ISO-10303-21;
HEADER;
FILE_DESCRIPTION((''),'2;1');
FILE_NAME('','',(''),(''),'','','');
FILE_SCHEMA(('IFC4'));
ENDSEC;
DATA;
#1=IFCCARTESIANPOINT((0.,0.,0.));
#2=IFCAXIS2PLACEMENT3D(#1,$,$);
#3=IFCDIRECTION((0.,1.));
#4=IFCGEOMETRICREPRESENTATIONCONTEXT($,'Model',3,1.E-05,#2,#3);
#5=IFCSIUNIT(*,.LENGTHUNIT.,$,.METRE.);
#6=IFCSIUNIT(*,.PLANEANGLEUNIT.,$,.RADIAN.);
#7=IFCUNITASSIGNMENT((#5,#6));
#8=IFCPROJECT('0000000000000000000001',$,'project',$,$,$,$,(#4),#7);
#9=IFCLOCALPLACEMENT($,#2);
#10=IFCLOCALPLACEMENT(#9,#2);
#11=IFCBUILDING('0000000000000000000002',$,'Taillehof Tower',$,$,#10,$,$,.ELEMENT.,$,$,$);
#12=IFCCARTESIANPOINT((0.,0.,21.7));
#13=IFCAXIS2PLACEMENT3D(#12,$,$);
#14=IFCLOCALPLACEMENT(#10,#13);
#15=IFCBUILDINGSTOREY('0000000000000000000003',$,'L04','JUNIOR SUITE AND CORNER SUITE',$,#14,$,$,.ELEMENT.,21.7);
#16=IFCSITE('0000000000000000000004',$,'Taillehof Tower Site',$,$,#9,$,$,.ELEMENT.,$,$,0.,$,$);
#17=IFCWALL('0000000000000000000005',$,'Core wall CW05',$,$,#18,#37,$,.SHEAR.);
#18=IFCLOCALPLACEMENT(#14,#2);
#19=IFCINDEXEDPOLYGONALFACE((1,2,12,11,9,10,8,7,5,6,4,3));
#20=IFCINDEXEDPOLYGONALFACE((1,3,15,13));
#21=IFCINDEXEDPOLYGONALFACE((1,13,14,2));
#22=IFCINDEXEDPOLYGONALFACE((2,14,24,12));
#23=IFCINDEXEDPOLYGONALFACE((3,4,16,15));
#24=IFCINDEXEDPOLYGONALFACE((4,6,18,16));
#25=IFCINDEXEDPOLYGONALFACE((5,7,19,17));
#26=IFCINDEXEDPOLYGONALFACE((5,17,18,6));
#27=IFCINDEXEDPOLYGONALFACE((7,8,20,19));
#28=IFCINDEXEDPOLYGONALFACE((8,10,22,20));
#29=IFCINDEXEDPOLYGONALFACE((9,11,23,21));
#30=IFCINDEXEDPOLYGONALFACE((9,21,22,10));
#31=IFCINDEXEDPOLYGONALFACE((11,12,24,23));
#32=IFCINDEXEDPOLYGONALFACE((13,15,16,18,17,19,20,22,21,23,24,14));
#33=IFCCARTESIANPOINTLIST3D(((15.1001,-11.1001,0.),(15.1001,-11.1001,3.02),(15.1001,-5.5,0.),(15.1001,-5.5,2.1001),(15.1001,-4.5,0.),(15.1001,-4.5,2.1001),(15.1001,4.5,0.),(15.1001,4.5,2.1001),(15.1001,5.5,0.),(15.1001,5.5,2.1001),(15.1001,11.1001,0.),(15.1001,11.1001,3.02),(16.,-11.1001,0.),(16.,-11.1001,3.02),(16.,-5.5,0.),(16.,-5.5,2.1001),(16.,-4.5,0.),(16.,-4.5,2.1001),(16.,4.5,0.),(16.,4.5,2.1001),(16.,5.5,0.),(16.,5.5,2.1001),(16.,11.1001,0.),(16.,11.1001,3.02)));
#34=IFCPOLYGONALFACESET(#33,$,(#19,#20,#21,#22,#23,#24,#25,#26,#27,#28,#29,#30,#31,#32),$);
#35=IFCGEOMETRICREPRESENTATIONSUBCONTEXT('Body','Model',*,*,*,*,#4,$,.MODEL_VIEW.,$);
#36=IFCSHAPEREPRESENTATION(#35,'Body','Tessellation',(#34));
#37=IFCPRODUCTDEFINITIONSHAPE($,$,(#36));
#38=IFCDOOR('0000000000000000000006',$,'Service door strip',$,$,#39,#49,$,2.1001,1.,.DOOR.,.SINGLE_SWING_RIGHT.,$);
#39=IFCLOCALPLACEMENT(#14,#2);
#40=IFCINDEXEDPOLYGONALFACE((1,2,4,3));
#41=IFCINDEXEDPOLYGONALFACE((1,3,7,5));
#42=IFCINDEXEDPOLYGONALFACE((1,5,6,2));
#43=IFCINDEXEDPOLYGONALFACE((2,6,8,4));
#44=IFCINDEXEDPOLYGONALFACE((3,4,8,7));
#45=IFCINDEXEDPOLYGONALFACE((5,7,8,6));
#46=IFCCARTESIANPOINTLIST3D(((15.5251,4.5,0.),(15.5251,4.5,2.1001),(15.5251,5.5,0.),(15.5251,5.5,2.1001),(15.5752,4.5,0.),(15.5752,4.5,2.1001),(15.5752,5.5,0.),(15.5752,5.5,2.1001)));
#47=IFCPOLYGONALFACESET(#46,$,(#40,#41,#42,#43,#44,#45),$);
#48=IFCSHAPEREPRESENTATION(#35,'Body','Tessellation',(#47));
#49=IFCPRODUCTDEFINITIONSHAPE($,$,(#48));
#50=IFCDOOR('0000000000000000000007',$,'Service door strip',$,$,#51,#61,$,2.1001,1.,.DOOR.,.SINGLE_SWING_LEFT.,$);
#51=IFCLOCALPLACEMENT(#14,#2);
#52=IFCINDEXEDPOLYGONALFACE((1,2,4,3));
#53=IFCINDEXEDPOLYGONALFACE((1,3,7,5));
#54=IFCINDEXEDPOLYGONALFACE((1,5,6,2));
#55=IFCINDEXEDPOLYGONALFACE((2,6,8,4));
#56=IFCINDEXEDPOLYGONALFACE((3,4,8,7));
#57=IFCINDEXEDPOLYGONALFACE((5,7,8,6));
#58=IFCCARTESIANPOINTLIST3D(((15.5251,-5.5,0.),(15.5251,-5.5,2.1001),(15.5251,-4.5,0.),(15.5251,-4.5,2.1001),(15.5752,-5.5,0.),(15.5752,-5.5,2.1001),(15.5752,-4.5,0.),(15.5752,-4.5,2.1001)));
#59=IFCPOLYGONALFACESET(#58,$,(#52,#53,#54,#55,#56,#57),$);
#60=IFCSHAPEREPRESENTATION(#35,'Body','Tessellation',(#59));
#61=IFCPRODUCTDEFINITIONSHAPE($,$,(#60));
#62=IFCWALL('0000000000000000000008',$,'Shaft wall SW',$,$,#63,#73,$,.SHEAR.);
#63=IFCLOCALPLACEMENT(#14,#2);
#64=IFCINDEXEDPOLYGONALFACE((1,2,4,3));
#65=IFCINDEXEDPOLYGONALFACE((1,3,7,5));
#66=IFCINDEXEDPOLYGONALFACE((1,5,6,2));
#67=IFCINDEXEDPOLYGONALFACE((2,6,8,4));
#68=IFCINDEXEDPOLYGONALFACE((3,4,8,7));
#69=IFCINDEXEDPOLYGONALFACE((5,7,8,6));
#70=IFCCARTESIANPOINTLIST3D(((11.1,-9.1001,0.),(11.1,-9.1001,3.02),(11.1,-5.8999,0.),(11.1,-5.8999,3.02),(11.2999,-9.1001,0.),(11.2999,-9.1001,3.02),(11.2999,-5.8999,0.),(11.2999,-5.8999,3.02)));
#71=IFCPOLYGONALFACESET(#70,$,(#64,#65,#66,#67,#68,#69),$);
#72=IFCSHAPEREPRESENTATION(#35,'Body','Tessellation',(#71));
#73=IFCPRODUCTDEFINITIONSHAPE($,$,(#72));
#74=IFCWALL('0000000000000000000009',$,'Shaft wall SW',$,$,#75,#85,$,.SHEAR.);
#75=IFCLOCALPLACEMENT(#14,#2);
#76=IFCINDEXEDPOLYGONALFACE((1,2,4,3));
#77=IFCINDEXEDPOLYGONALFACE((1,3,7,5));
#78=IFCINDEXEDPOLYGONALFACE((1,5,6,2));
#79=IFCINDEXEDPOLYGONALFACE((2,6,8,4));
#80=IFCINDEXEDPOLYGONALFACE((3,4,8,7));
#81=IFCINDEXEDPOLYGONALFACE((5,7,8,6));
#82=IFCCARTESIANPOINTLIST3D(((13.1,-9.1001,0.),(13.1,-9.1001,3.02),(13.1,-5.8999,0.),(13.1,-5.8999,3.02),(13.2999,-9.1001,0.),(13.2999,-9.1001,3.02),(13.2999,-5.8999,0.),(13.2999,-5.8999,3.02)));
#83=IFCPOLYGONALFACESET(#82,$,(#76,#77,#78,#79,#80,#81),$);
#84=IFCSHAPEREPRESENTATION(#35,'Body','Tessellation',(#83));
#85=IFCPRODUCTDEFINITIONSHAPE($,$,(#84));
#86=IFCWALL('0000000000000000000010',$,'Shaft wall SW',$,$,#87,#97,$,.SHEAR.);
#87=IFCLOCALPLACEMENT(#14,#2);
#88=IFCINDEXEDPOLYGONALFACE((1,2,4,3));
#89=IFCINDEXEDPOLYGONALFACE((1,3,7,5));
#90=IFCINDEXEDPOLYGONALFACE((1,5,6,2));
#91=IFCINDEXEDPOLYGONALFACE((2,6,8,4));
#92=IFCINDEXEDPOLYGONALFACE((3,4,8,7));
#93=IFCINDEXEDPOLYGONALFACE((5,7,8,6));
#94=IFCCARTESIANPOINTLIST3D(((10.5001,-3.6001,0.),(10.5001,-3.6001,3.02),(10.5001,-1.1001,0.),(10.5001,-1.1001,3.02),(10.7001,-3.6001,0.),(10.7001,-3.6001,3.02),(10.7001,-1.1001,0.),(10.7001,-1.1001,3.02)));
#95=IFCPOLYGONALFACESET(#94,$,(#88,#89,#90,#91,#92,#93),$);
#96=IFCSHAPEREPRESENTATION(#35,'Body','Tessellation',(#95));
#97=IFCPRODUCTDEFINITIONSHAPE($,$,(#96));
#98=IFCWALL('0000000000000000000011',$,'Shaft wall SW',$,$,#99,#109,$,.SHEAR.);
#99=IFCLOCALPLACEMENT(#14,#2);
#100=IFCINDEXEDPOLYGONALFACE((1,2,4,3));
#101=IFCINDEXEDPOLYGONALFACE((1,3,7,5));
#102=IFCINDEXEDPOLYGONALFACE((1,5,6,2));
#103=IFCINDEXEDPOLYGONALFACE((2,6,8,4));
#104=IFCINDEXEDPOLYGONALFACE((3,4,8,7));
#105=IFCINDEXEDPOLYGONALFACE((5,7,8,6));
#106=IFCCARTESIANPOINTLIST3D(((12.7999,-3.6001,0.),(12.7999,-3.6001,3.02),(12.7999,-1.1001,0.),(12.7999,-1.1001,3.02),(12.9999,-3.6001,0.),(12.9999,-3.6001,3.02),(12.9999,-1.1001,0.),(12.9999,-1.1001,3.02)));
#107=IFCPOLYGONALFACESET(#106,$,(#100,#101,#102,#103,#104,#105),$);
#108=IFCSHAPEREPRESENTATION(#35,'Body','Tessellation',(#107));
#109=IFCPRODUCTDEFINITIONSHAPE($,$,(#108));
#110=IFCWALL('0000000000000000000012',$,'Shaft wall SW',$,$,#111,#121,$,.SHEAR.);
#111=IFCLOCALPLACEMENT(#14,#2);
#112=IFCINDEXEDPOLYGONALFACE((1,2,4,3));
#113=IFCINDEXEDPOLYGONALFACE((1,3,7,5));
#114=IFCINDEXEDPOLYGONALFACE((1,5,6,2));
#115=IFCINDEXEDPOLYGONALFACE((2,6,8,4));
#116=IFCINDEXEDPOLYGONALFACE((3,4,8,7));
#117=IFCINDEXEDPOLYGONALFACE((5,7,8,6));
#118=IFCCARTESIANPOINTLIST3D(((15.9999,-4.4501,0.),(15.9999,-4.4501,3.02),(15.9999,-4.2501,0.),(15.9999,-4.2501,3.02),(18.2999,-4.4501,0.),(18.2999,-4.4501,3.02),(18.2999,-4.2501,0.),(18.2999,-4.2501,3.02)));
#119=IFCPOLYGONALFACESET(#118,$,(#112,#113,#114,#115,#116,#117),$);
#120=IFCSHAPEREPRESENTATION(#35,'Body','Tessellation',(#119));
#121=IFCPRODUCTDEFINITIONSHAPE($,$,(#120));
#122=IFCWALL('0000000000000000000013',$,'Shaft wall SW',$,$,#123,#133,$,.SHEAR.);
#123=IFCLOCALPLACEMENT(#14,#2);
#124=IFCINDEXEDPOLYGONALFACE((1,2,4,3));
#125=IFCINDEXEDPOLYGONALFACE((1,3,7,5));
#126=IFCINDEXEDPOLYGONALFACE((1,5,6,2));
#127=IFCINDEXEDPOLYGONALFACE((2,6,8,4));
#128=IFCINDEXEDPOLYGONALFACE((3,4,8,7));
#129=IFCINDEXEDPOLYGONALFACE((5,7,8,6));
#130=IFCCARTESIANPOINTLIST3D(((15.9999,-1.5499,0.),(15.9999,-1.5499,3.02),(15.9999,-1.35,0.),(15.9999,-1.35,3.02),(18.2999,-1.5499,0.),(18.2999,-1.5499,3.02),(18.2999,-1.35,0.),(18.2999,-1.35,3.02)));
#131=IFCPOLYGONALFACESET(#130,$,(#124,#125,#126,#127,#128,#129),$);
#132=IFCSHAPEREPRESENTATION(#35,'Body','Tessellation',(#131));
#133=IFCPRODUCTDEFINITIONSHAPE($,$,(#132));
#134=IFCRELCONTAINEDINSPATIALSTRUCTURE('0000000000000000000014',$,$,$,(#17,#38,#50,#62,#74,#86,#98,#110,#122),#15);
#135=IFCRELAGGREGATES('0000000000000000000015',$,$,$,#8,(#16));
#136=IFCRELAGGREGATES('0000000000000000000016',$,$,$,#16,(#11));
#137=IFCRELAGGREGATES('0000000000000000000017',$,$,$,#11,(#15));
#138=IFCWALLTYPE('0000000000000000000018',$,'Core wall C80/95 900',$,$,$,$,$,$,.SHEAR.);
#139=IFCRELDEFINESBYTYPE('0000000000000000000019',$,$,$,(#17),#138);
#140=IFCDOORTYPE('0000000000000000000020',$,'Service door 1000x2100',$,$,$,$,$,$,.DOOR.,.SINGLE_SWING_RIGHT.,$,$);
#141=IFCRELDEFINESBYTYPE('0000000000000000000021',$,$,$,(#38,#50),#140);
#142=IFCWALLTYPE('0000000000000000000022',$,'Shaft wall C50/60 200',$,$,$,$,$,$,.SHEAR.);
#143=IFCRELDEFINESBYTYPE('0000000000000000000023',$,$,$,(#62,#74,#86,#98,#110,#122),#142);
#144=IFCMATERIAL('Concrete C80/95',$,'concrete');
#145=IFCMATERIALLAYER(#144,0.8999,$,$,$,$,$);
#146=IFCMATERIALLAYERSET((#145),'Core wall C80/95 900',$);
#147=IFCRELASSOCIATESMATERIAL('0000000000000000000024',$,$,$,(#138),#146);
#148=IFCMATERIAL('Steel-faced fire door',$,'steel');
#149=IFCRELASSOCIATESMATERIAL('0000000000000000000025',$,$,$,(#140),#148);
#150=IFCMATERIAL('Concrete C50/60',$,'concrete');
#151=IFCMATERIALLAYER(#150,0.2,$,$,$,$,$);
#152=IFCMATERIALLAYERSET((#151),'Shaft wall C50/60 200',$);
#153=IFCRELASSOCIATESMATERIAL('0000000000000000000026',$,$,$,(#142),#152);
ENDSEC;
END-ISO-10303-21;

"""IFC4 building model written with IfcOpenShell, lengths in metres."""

from ifc_helpers import new_model, si_unit, direction, frame, frame_2d, origin, place, context, subcontext, project, spatial, rectangle, extrude, material, layer, layer_set, type_object, element, fill, save


model = new_model("IFC4")

# Units and contexts
model_context = context("Model", 3, precision=1e-05, world=origin(), true_north=direction((0.0, 1.0)))
body_context = subcontext(model_context, "Body", "Model", "MODEL_VIEW")
ifc_project = project(units=[si_unit("LENGTHUNIT", "METRE"), si_unit("PLANEANGLEUNIT", "RADIAN")], contexts=[model_context])

# Site, building, storey
site_placement = place(None, origin())
site = spatial("IfcSite", under=ifc_project, at=site_placement, Name="Taillehof Tower Site", CompositionType="ELEMENT", RefElevation=0.0)
building_placement = place(site_placement, origin())
building = spatial("IfcBuilding", under=site, at=building_placement, Name="Taillehof Tower", CompositionType="ELEMENT")
storey_placement = place(building_placement, frame((0.0, 0.0, 21.7)))
storey = spatial("IfcBuildingStorey", under=building, at=storey_placement, Name="L04", Description="JUNIOR SUITE AND CORNER SUITE", CompositionType="ELEMENT", Elevation=21.7)

# Wall, openings, doors
ifc_material_1 = material(Name="Concrete C80/95", Category="concrete")
ifc_layer_1 = layer(ifc_material_1, 0.8999)
ifc_layer_set_1 = layer_set([ifc_layer_1], Name="Core wall C80/95 900")
wall_type_1 = type_object("IfcWallType", Name="Core wall C80/95 900", PredefinedType="SHEAR", material=ifc_layer_set_1)
wall_1_placement = place(storey_placement, frame((15.55, -11.1001, 0.0), z_axis=(0.0, 0.0, 1.0), x_axis=(0.0, 1.0, 0.0)))
wall_1 = element("IfcWall", 1, at=wall_1_placement, inside=storey, type_object=wall_type_1, Name="Core wall CW05", PredefinedType="SHEAR", context=body_context, shape_type="SweptSolid", body=[
    extrude(rectangle(XDim=22.2002, YDim=0.8999, at=frame_2d((11.1001, 0.0))), origin(), (0.0, 0.0, 1.0), 3.02),
])
opening_1_placement = place(wall_1_placement, frame((15.6001, 0.0, 0.0)))
opening_1 = element("IfcOpeningElement", 2, at=opening_1_placement, cuts=wall_1, PredefinedType="OPENING", context=body_context, shape_type="SweptSolid", body=[
    extrude(rectangle(XDim=1.0, YDim=2.1001, at=frame_2d((0.5, 1.05))), frame((0.0, 0.46, 0.0), z_axis=(0.0, -1.0, 0.0), x_axis=(1.0, 0.0, 0.0)), (0.0, 0.0, 1.0), 0.9199),
])
opening_2_placement = place(wall_1_placement, frame((5.6001, 0.0, 0.0)))
opening_2 = element("IfcOpeningElement", 3, at=opening_2_placement, cuts=wall_1, PredefinedType="OPENING", context=body_context, shape_type="SweptSolid", body=[
    extrude(rectangle(XDim=1.0, YDim=2.1001, at=frame_2d((0.5, 1.05))), frame((0.0, 0.46, 0.0), z_axis=(0.0, -1.0, 0.0), x_axis=(1.0, 0.0, 0.0)), (0.0, 0.0, 1.0), 0.9199),
])
ifc_material_2 = material(Name="Steel-faced fire door", Category="steel")
door_type_1 = type_object("IfcDoorType", Name="Service door 1000x2100", OperationType="SINGLE_SWING_RIGHT", PredefinedType="DOOR", material=ifc_material_2)
door_1_placement = place(opening_1_placement, origin())
door_1 = element("IfcDoor", 4, at=door_1_placement, inside=storey, type_object=door_type_1, Name="Service door strip", OperationType="SINGLE_SWING_RIGHT", OverallHeight=2.1001, OverallWidth=1.0, PredefinedType="DOOR", context=body_context, shape_type="SweptSolid", body=[
    extrude(rectangle(XDim=1.0, YDim=2.1001, at=frame_2d((0.5, 1.05))), frame((0.0, 0.0249, 0.0), z_axis=(0.0, -1.0, 0.0), x_axis=(1.0, 0.0, 0.0)), (0.0, 0.0, 1.0), 0.05),
])
fill(opening_1, door_1)
door_2_placement = place(opening_2_placement, origin())
door_2 = element("IfcDoor", 5, at=door_2_placement, inside=storey, type_object=door_type_1, Name="Service door strip", OperationType="SINGLE_SWING_LEFT", OverallHeight=2.1001, OverallWidth=1.0, PredefinedType="DOOR", context=body_context, shape_type="SweptSolid", body=[
    extrude(rectangle(XDim=1.0, YDim=2.1001, at=frame_2d((0.5, 1.05))), frame((0.0, 0.0249, 0.0), z_axis=(0.0, -1.0, 0.0), x_axis=(1.0, 0.0, 0.0)), (0.0, 0.0, 1.0), 0.05),
])
fill(opening_2, door_2)

# Walls
ifc_material_3 = material(Name="Concrete C50/60", Category="concrete")
ifc_layer_2 = layer(ifc_material_3, 0.2)
ifc_layer_set_2 = layer_set([ifc_layer_2], Name="Shaft wall C50/60 200")
wall_type_2 = type_object("IfcWallType", Name="Shaft wall C50/60 200", PredefinedType="SHEAR", material=ifc_layer_set_2)
for number, where, z_axis, x_axis, name in (
    (6, (11.2, -9.1001, 0.0), (0.0, 0.0, 1.0), (0.0, 1.0, 0.0), "Shaft wall SW"),
    (7, (13.2, -9.1001, 0.0), (0.0, 0.0, 1.0), (0.0, 1.0, 0.0), "Shaft wall SW"),
):
    element("IfcWall", number, at=place(storey_placement, frame(where, z_axis=z_axis, x_axis=x_axis)), inside=storey, type_object=wall_type_2, Name=name, PredefinedType="SHEAR", context=body_context, shape_type="SweptSolid", body=[
        extrude(rectangle(XDim=3.2002, YDim=0.2, at=frame_2d((1.6001, 0.0))), origin(), (0.0, 0.0, 1.0), 3.02),
    ])
for number, where, z_axis, x_axis, name in (
    (8, (10.6001, -3.6001, 0.0), (0.0, 0.0, 1.0), (0.0, 1.0, 0.0), "Shaft wall SW"),
    (9, (12.8999, -3.6001, 0.0), (0.0, 0.0, 1.0), (0.0, 1.0, 0.0), "Shaft wall SW"),
):
    element("IfcWall", number, at=place(storey_placement, frame(where, z_axis=z_axis, x_axis=x_axis)), inside=storey, type_object=wall_type_2, Name=name, PredefinedType="SHEAR", context=body_context, shape_type="SweptSolid", body=[
        extrude(rectangle(XDim=2.5, YDim=0.2, at=frame_2d((1.25, 0.0))), origin(), (0.0, 0.0, 1.0), 3.02),
    ])
for number, where, z_axis, x_axis, name in (
    (10, (16.0, -4.3501, 0.0), (0.0, 0.0, 1.0), (1.0, 0.0, 0.0), "Shaft wall SW"),
    (11, (16.0, -1.45, 0.0), (0.0, 0.0, 1.0), (1.0, 0.0, 0.0), "Shaft wall SW"),
):
    element("IfcWall", number, at=place(storey_placement, frame(where, z_axis=z_axis, x_axis=x_axis)), inside=storey, type_object=wall_type_2, Name=name, PredefinedType="SHEAR", context=body_context, shape_type="SweptSolid", body=[
        extrude(rectangle(XDim=2.3, YDim=0.2, at=frame_2d((1.1499, 0.0))), origin(), (0.0, 0.0, 1.0), 3.02),
    ])

save(model, "model.ifc")
